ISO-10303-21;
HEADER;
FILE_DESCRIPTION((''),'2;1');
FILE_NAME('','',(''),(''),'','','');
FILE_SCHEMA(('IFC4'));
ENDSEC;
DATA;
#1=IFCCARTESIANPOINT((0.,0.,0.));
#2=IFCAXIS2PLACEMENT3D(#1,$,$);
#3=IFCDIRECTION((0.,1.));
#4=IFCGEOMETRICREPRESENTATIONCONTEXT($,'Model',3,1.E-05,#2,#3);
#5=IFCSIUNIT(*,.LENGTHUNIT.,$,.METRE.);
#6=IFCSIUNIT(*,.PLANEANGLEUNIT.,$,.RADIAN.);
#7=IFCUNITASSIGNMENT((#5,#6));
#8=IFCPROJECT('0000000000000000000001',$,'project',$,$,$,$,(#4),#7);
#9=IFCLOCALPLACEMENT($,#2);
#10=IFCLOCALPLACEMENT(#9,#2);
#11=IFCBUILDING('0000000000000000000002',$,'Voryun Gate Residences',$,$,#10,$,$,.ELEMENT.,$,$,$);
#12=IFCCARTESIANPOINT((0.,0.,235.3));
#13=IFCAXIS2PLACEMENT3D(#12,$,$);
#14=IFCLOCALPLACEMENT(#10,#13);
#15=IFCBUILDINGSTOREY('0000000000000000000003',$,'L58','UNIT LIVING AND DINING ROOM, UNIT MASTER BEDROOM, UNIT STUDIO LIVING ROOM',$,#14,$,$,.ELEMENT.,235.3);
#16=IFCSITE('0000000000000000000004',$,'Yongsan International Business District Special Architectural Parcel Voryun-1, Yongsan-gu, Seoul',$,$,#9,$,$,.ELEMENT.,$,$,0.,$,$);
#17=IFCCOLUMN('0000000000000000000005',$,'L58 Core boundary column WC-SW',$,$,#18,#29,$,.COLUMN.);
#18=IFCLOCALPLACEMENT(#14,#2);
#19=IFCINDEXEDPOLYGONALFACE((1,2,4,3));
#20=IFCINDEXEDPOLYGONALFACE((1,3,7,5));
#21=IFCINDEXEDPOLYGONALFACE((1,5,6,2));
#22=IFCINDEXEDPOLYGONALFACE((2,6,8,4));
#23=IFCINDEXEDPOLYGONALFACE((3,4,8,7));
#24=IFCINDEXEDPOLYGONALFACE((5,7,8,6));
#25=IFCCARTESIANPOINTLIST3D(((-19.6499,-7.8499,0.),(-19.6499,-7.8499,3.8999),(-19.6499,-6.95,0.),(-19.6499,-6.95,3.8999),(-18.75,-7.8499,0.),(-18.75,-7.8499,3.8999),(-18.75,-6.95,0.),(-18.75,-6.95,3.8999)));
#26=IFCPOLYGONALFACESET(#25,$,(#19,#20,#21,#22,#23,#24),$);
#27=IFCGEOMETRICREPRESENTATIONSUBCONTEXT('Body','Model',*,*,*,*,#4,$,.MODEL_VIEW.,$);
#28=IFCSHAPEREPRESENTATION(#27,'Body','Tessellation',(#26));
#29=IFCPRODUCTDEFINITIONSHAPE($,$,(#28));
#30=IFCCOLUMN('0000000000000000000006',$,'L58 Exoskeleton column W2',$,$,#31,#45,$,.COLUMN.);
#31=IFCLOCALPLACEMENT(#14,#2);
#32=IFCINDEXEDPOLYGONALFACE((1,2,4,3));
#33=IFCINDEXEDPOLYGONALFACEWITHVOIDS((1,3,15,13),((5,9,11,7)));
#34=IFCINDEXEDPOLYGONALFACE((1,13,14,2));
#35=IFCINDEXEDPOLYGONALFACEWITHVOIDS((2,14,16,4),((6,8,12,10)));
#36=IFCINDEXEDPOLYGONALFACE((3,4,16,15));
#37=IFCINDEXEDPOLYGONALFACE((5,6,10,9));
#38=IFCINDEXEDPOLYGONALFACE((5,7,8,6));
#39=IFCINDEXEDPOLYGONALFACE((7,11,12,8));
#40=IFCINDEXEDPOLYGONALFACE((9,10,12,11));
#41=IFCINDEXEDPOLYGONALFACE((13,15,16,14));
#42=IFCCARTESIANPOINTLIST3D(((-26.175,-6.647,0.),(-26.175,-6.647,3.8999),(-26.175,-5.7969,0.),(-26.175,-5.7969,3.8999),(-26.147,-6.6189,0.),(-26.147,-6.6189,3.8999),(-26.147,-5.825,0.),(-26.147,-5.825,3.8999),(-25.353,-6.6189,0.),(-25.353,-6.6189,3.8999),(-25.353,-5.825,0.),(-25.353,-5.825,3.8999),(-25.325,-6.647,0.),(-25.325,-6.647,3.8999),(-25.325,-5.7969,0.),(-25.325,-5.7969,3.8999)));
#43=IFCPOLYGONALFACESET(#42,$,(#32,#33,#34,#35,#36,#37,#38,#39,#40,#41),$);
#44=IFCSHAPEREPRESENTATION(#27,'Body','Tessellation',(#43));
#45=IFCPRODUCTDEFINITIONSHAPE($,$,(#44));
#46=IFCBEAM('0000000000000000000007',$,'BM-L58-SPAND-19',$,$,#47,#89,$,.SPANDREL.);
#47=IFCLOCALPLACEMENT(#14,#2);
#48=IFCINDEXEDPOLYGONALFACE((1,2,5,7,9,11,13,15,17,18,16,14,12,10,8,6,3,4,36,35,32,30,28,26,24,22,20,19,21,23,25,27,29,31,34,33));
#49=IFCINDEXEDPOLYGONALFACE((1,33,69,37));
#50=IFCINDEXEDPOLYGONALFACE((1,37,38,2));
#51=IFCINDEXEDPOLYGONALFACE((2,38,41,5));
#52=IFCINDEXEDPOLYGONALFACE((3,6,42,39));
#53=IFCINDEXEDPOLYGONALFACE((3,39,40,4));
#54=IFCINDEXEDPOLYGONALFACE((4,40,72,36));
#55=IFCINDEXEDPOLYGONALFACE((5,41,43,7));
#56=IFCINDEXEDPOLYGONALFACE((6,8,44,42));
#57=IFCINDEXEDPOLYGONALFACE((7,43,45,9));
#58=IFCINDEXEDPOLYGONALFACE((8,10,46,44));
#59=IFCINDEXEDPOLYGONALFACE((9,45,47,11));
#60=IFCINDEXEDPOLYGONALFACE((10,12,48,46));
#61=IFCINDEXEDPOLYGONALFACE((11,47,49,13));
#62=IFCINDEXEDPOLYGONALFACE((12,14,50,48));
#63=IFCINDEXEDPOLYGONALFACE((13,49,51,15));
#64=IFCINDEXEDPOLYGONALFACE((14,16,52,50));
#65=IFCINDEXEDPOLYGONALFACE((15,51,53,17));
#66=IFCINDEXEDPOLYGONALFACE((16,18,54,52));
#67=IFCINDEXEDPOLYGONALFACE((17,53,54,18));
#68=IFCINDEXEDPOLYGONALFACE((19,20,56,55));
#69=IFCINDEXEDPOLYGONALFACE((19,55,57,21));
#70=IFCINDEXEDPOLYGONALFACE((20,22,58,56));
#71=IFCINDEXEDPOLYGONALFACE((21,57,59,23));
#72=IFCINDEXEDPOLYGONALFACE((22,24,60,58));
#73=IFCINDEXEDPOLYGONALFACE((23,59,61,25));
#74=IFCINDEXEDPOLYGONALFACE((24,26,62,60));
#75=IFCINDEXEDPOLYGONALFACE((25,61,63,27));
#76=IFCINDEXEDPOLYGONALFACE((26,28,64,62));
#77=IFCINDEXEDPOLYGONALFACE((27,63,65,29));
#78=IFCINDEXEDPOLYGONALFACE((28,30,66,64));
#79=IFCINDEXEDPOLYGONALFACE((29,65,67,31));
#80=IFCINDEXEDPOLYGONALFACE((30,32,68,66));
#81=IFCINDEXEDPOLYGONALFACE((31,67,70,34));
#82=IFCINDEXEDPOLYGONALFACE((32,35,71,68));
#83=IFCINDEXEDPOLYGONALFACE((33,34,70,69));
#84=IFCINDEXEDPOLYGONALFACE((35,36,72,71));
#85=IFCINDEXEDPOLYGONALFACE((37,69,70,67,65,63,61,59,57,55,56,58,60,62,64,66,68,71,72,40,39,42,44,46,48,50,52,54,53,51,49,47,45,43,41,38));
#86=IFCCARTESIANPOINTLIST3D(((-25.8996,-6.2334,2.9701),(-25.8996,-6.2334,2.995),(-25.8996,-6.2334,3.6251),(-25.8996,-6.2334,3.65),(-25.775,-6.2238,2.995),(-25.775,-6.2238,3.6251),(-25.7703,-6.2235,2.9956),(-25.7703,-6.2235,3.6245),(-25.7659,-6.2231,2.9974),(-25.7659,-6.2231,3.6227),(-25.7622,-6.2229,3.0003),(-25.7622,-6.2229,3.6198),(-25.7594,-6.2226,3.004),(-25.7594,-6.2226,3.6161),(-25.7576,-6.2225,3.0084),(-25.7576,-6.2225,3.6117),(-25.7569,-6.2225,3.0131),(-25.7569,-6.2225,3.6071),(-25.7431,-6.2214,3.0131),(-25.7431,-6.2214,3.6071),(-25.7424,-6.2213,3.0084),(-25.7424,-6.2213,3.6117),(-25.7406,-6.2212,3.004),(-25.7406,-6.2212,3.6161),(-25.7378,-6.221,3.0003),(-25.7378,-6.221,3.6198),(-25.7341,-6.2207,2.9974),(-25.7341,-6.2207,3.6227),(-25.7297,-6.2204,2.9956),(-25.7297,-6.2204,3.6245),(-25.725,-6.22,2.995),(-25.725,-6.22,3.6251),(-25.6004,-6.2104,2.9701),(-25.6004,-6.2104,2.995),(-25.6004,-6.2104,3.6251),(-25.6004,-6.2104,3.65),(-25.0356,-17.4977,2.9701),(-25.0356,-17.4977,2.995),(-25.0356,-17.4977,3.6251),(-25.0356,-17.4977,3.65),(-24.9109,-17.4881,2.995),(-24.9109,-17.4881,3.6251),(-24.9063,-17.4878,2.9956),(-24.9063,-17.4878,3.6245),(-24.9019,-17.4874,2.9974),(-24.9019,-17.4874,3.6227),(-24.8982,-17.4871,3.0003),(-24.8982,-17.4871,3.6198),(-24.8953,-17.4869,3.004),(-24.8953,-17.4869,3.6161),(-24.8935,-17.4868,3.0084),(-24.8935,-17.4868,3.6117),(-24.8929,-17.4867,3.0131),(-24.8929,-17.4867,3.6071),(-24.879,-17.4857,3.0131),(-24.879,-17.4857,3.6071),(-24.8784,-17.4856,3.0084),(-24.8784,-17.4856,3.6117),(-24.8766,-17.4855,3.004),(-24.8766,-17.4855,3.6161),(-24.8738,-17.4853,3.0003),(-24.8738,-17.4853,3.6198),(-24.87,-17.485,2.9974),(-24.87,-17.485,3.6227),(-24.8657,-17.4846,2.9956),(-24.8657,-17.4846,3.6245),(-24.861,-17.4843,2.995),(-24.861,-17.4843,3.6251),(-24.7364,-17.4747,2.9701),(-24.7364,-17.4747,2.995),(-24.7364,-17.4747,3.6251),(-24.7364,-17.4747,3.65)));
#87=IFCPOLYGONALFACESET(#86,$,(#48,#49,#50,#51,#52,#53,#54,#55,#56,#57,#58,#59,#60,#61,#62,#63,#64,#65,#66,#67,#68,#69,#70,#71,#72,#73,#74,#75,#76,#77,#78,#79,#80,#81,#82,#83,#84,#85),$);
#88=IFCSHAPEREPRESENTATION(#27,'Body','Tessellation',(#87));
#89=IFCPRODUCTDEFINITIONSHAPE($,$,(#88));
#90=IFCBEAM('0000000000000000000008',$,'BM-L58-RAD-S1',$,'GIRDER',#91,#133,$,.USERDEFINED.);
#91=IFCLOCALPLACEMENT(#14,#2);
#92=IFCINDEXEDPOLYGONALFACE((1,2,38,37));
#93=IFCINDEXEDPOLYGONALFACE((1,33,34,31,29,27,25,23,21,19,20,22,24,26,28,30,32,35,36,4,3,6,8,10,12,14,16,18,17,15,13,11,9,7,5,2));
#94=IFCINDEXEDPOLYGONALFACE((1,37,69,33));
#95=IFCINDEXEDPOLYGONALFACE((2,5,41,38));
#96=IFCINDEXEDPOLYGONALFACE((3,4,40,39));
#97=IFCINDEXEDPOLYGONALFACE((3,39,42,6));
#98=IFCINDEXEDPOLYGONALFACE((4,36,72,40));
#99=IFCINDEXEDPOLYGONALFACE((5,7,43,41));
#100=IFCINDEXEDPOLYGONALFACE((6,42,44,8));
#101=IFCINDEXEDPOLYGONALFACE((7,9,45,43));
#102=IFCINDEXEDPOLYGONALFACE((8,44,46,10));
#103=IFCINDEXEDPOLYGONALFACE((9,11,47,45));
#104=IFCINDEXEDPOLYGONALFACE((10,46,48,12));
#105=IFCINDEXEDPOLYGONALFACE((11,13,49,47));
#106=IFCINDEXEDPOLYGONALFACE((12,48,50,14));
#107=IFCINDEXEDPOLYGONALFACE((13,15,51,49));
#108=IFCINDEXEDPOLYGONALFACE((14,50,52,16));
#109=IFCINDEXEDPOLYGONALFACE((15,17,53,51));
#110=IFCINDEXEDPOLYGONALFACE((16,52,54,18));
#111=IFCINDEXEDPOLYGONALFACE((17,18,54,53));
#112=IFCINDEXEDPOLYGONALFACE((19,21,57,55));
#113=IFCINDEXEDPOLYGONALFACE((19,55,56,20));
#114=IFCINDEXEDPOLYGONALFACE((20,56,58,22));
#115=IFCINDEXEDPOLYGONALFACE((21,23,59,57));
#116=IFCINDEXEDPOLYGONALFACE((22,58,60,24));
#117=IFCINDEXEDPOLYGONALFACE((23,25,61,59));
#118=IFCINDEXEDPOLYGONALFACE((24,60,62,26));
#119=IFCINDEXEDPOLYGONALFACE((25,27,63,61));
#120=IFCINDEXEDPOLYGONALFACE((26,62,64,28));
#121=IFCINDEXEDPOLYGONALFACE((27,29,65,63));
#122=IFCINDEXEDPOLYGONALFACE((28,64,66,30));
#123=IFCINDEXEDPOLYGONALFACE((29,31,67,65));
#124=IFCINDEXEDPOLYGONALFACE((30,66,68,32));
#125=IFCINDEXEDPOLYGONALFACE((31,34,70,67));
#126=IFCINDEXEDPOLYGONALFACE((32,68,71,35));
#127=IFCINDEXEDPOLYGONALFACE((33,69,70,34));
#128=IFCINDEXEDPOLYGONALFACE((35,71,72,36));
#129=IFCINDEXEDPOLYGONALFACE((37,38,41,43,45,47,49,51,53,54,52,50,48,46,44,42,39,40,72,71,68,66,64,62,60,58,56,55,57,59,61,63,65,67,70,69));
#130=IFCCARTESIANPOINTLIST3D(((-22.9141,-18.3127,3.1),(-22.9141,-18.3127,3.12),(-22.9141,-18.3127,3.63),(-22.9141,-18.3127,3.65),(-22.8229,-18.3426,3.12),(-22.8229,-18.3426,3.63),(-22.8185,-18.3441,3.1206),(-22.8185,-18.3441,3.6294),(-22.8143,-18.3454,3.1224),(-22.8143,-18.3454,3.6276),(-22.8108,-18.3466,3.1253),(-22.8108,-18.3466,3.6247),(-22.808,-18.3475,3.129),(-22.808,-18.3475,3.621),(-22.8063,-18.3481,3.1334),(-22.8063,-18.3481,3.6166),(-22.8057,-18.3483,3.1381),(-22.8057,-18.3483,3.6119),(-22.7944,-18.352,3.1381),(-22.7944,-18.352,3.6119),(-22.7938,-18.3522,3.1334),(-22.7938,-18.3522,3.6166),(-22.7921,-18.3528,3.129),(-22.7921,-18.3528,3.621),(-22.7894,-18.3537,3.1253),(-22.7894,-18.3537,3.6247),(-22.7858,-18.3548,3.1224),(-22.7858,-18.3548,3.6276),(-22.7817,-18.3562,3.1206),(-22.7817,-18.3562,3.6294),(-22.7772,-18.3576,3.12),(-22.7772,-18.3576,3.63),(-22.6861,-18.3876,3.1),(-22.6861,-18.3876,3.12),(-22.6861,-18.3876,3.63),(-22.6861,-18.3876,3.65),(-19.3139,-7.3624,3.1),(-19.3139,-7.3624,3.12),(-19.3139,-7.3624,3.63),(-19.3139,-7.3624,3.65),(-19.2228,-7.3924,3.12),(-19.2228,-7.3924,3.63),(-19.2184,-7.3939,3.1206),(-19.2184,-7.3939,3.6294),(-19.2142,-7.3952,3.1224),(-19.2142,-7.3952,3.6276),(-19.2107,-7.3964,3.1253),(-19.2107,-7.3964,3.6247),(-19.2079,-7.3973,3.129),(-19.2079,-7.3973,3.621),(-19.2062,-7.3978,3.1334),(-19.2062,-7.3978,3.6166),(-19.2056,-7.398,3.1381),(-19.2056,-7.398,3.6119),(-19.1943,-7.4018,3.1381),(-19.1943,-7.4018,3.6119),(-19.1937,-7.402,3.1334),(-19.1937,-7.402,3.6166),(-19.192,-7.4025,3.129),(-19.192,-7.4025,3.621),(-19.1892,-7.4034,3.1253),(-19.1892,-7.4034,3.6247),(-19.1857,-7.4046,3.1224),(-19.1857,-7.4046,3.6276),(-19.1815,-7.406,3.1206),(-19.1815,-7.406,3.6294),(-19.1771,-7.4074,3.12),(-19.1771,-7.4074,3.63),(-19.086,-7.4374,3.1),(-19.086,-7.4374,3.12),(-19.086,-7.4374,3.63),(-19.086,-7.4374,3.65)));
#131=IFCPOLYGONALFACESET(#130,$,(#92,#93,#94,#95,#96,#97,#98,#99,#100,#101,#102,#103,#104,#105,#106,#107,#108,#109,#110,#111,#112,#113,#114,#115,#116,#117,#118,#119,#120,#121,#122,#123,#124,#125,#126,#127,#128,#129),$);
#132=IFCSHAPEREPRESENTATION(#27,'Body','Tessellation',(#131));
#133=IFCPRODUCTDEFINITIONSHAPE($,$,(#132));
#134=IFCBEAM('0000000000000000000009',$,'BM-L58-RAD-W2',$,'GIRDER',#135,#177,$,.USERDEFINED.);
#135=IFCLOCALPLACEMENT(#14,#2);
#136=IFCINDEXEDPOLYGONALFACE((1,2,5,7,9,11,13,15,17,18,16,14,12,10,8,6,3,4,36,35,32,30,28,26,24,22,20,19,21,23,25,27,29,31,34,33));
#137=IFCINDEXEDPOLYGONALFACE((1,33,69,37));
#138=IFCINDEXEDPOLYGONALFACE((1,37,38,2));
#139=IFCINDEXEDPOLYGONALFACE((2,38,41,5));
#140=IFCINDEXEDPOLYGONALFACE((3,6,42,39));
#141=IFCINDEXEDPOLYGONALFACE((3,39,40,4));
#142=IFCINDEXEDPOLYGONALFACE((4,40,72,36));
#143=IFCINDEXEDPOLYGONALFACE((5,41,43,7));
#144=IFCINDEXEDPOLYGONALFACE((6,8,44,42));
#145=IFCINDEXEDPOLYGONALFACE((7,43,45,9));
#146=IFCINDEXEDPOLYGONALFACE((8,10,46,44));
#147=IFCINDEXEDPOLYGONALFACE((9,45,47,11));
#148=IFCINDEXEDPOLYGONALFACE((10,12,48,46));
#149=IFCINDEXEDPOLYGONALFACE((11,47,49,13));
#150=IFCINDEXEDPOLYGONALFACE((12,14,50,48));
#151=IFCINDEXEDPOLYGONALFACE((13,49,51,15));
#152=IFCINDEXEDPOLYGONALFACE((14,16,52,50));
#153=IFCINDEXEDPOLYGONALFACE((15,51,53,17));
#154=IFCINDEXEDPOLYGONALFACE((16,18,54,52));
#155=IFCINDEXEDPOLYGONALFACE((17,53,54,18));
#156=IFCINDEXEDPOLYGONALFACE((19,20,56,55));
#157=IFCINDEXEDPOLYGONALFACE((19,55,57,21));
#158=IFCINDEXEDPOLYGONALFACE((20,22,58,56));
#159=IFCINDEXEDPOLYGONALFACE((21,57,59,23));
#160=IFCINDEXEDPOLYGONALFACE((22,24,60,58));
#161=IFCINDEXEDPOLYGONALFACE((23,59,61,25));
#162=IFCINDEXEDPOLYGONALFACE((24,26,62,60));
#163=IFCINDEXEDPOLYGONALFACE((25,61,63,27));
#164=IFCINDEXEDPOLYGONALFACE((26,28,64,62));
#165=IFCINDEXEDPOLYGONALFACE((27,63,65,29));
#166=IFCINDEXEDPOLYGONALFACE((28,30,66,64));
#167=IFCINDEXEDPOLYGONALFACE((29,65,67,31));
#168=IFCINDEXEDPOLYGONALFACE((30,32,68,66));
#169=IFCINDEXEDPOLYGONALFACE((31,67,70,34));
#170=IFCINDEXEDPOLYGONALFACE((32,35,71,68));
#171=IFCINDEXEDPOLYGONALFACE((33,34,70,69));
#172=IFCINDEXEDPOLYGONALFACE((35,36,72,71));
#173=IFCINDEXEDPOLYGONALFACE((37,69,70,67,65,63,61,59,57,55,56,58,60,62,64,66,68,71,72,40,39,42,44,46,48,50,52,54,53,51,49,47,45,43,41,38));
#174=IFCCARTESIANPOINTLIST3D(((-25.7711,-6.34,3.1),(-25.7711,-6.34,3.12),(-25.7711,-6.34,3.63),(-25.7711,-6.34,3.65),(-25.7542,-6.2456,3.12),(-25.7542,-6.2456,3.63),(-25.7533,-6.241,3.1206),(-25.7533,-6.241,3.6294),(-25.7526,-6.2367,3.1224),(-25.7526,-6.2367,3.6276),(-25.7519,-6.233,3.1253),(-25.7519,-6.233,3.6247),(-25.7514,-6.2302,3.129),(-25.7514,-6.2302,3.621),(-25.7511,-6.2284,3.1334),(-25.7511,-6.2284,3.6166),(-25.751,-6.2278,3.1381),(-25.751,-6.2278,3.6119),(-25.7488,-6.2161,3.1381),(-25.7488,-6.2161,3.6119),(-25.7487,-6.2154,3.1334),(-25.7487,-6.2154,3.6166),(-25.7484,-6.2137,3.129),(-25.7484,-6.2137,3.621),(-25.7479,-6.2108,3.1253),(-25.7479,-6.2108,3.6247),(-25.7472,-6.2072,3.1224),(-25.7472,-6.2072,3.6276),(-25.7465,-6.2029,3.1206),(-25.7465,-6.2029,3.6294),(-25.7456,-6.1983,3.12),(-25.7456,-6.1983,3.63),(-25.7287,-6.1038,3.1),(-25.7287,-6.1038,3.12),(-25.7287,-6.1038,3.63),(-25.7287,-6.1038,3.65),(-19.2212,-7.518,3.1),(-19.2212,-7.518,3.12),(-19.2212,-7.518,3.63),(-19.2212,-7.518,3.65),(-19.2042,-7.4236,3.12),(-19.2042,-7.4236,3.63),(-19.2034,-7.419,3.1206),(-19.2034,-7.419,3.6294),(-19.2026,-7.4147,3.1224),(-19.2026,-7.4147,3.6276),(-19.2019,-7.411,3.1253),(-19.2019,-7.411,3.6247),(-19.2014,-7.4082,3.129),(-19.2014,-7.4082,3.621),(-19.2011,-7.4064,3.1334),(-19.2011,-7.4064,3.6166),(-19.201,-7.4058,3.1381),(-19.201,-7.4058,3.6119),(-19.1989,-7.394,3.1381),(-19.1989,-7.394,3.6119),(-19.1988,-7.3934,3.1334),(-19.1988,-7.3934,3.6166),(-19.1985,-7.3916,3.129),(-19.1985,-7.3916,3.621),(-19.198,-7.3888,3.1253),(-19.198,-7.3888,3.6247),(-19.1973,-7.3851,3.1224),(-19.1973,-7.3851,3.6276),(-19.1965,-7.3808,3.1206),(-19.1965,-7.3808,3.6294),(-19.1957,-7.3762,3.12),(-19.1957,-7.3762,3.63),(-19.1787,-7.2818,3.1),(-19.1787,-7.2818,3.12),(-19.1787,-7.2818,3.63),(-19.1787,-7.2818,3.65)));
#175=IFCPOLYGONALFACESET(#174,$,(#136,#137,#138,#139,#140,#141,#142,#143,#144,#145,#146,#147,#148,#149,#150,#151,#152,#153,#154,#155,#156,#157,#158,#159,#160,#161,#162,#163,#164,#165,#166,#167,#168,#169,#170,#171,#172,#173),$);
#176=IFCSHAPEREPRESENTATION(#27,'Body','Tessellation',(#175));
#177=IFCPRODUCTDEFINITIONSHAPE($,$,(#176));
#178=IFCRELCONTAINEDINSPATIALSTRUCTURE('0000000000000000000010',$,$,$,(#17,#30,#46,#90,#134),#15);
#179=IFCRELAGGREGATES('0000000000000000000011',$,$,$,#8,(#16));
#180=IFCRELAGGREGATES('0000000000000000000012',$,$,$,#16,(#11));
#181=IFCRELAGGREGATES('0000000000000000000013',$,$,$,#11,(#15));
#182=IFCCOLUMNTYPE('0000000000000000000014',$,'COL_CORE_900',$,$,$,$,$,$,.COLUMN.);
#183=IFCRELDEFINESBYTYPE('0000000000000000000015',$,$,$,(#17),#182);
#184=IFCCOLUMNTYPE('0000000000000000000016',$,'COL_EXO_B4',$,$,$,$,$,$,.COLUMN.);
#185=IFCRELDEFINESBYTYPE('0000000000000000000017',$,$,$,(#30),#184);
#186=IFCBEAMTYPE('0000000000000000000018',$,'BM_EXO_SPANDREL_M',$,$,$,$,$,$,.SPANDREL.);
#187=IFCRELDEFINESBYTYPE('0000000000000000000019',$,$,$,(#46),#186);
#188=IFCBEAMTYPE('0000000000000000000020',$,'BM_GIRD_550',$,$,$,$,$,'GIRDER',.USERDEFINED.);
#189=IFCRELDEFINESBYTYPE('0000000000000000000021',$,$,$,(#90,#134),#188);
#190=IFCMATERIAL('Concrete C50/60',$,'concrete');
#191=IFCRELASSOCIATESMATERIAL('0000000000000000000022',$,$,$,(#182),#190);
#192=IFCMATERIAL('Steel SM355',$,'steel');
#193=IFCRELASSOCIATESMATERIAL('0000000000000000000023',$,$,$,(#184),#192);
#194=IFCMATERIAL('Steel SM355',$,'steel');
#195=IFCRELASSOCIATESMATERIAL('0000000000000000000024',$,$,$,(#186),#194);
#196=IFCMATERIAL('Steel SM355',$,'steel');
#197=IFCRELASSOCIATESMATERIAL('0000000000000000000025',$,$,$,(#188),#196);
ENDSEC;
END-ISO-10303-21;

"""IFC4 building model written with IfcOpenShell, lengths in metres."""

from ifc_helpers import new_model, si_unit, direction, frame, origin, origin_2d, place, context, subcontext, project, spatial, rectangle, hollow_rectangle, i_section, extrude, material, material_profile, profile_set, type_object, element, save


model = new_model("IFC4")

# Units and contexts
model_context = context("Model", 3, precision=1e-05, world=origin(), true_north=direction((0.0, 1.0)))
body_context = subcontext(model_context, "Body", "Model", "MODEL_VIEW")
ifc_project = project(units=[si_unit("LENGTHUNIT", "METRE"), si_unit("PLANEANGLEUNIT", "RADIAN")], contexts=[model_context])

# Site, building, storey
site_placement = place(None, origin())
site = spatial("IfcSite", under=ifc_project, at=site_placement, Name="Yongsan International Business District Special Architectural Parcel Voryun-1, Yongsan-gu, Seoul", CompositionType="ELEMENT", RefElevation=0.0)
building_placement = place(site_placement, origin())
building = spatial("IfcBuilding", under=site, at=building_placement, Name="Voryun Gate Residences", CompositionType="ELEMENT")
storey_placement = place(building_placement, frame((0.0, 0.0, 235.3)))
storey = spatial("IfcBuildingStorey", under=building, at=storey_placement, Name="L58", Description="UNIT LIVING AND DINING ROOM, UNIT MASTER BEDROOM, UNIT STUDIO LIVING ROOM", CompositionType="ELEMENT", Elevation=235.3)

# Columns
ifc_material_1 = material(Name="Concrete C50/60", Category="concrete")
ifc_material_profile_1 = material_profile(ifc_material_1, rectangle(XDim=0.8999, YDim=0.8999, at=origin_2d()), Name="RC-900x900")
ifc_profile_set_1 = profile_set([ifc_material_profile_1], Name="Concrete C50/60")
column_type_1 = type_object("IfcColumnType", Name="COL_CORE_900", PredefinedType="COLUMN", material=ifc_profile_set_1)
column_1_placement = place(storey_placement, frame((-19.2, -7.3999, 0.0), z_axis=(0.0, 0.0, 1.0), x_axis=(1.0, 0.0, 0.0)))
element("IfcColumn", 1, at=column_1_placement, inside=storey, type_object=column_type_1, Name="L58 Core boundary column WC-SW", PredefinedType="COLUMN", context=body_context, shape_type="SweptSolid", body=[
    extrude(rectangle(XDim=0.8999, YDim=0.8999, at=origin_2d()), origin(), (0.0, 0.0, 1.0), 3.8999),
])
ifc_material_2 = material(Name="Steel SM355", Category="steel")
ifc_material_profile_2 = material_profile(ifc_material_2, hollow_rectangle(XDim=0.8501, YDim=0.8501, WallThickness=0.0281, at=origin_2d()), Name="BOX-850x850x28")
ifc_profile_set_2 = profile_set([ifc_material_profile_2], Name="Steel SM355")
column_type_2 = type_object("IfcColumnType", Name="COL_EXO_B4", PredefinedType="COLUMN", material=ifc_profile_set_2)
column_2_placement = place(storey_placement, frame((-25.75, -6.2219, 0.0), z_axis=(0.0, 0.0, 1.0), x_axis=(1.0, 0.0, 0.0)))
element("IfcColumn", 2, at=column_2_placement, inside=storey, type_object=column_type_2, Name="L58 Exoskeleton column W2", PredefinedType="COLUMN", context=body_context, shape_type="SweptSolid", body=[
    extrude(hollow_rectangle(XDim=0.8501, YDim=0.8501, WallThickness=0.0281, at=origin_2d()), origin(), (0.0, 0.0, 1.0), 3.8999),
])

# Beams
ifc_material_3 = material(Name="Steel SM355", Category="steel")
ifc_material_profile_3 = material_profile(ifc_material_3, i_section(OverallWidth=0.3, OverallDepth=0.6799, WebThickness=0.0139, FlangeThickness=0.0249, FilletRadius=0.0181, at=origin_2d()), Name="H-680x300x14x25")
ifc_profile_set_3 = profile_set([ifc_material_profile_3], Name="Steel SM355")
beam_type_1 = type_object("IfcBeamType", Name="BM_EXO_SPANDREL_M", PredefinedType="SPANDREL", material=ifc_profile_set_3)
beam_1_placement = place(storey_placement, frame((-25.75, -6.2219, 3.3101), z_axis=(0.07648, -0.997071, 0.0), x_axis=(0.997071, 0.07648, 0.0)))
element("IfcBeam", 3, at=beam_1_placement, inside=storey, type_object=beam_type_1, Name="BM-L58-SPAND-19", PredefinedType="SPANDREL", context=body_context, shape_type="SweptSolid", body=[
    extrude(i_section(OverallWidth=0.3, OverallDepth=0.6799, WebThickness=0.0139, FlangeThickness=0.0249, FilletRadius=0.0181, at=origin_2d()), origin(), (0.0, 0.0, 1.0), 11.2974),
])
ifc_material_4 = material(Name="Steel SM355", Category="steel")
ifc_material_profile_4 = material_profile(ifc_material_4, i_section(OverallWidth=0.24, OverallDepth=0.55, WebThickness=0.012, FlangeThickness=0.02, FilletRadius=0.0181, at=origin_2d()), Name="H-550x240x12x20")
ifc_profile_set_4 = profile_set([ifc_material_profile_4], Name="Steel SM355")
beam_type_2 = type_object("IfcBeamType", Name="BM_GIRD_550", ElementType="GIRDER", PredefinedType="USERDEFINED", material=ifc_profile_set_4)
beam_2_placement = place(storey_placement, frame((-19.2, -7.3999, 3.375), z_axis=(-0.312324, -0.949976, 0.0), x_axis=(0.949976, -0.312324, 0.0)))
element("IfcBeam", 4, at=beam_2_placement, inside=storey, type_object=beam_type_2, Name="BM-L58-RAD-S1", ObjectType="GIRDER", PredefinedType="USERDEFINED", context=body_context, shape_type="SweptSolid", body=[
    extrude(i_section(OverallWidth=0.24, OverallDepth=0.55, WebThickness=0.012, FlangeThickness=0.02, FilletRadius=0.0181, at=origin_2d()), origin(), (0.0, 0.0, 1.0), 11.5269),
])
beam_3_placement = place(storey_placement, frame((-19.2, -7.3999, 3.375), z_axis=(-0.98421, 0.177003, 0.0), x_axis=(-0.177003, -0.98421, 0.0)))
element("IfcBeam", 5, at=beam_3_placement, inside=storey, type_object=beam_type_2, Name="BM-L58-RAD-W2", ObjectType="GIRDER", PredefinedType="USERDEFINED", context=body_context, shape_type="SweptSolid", body=[
    extrude(i_section(OverallWidth=0.24, OverallDepth=0.55, WebThickness=0.012, FlangeThickness=0.02, FilletRadius=0.0181, at=origin_2d()), origin(), (0.0, 0.0, 1.0), 6.655),
])

save(model, "model.ifc")
